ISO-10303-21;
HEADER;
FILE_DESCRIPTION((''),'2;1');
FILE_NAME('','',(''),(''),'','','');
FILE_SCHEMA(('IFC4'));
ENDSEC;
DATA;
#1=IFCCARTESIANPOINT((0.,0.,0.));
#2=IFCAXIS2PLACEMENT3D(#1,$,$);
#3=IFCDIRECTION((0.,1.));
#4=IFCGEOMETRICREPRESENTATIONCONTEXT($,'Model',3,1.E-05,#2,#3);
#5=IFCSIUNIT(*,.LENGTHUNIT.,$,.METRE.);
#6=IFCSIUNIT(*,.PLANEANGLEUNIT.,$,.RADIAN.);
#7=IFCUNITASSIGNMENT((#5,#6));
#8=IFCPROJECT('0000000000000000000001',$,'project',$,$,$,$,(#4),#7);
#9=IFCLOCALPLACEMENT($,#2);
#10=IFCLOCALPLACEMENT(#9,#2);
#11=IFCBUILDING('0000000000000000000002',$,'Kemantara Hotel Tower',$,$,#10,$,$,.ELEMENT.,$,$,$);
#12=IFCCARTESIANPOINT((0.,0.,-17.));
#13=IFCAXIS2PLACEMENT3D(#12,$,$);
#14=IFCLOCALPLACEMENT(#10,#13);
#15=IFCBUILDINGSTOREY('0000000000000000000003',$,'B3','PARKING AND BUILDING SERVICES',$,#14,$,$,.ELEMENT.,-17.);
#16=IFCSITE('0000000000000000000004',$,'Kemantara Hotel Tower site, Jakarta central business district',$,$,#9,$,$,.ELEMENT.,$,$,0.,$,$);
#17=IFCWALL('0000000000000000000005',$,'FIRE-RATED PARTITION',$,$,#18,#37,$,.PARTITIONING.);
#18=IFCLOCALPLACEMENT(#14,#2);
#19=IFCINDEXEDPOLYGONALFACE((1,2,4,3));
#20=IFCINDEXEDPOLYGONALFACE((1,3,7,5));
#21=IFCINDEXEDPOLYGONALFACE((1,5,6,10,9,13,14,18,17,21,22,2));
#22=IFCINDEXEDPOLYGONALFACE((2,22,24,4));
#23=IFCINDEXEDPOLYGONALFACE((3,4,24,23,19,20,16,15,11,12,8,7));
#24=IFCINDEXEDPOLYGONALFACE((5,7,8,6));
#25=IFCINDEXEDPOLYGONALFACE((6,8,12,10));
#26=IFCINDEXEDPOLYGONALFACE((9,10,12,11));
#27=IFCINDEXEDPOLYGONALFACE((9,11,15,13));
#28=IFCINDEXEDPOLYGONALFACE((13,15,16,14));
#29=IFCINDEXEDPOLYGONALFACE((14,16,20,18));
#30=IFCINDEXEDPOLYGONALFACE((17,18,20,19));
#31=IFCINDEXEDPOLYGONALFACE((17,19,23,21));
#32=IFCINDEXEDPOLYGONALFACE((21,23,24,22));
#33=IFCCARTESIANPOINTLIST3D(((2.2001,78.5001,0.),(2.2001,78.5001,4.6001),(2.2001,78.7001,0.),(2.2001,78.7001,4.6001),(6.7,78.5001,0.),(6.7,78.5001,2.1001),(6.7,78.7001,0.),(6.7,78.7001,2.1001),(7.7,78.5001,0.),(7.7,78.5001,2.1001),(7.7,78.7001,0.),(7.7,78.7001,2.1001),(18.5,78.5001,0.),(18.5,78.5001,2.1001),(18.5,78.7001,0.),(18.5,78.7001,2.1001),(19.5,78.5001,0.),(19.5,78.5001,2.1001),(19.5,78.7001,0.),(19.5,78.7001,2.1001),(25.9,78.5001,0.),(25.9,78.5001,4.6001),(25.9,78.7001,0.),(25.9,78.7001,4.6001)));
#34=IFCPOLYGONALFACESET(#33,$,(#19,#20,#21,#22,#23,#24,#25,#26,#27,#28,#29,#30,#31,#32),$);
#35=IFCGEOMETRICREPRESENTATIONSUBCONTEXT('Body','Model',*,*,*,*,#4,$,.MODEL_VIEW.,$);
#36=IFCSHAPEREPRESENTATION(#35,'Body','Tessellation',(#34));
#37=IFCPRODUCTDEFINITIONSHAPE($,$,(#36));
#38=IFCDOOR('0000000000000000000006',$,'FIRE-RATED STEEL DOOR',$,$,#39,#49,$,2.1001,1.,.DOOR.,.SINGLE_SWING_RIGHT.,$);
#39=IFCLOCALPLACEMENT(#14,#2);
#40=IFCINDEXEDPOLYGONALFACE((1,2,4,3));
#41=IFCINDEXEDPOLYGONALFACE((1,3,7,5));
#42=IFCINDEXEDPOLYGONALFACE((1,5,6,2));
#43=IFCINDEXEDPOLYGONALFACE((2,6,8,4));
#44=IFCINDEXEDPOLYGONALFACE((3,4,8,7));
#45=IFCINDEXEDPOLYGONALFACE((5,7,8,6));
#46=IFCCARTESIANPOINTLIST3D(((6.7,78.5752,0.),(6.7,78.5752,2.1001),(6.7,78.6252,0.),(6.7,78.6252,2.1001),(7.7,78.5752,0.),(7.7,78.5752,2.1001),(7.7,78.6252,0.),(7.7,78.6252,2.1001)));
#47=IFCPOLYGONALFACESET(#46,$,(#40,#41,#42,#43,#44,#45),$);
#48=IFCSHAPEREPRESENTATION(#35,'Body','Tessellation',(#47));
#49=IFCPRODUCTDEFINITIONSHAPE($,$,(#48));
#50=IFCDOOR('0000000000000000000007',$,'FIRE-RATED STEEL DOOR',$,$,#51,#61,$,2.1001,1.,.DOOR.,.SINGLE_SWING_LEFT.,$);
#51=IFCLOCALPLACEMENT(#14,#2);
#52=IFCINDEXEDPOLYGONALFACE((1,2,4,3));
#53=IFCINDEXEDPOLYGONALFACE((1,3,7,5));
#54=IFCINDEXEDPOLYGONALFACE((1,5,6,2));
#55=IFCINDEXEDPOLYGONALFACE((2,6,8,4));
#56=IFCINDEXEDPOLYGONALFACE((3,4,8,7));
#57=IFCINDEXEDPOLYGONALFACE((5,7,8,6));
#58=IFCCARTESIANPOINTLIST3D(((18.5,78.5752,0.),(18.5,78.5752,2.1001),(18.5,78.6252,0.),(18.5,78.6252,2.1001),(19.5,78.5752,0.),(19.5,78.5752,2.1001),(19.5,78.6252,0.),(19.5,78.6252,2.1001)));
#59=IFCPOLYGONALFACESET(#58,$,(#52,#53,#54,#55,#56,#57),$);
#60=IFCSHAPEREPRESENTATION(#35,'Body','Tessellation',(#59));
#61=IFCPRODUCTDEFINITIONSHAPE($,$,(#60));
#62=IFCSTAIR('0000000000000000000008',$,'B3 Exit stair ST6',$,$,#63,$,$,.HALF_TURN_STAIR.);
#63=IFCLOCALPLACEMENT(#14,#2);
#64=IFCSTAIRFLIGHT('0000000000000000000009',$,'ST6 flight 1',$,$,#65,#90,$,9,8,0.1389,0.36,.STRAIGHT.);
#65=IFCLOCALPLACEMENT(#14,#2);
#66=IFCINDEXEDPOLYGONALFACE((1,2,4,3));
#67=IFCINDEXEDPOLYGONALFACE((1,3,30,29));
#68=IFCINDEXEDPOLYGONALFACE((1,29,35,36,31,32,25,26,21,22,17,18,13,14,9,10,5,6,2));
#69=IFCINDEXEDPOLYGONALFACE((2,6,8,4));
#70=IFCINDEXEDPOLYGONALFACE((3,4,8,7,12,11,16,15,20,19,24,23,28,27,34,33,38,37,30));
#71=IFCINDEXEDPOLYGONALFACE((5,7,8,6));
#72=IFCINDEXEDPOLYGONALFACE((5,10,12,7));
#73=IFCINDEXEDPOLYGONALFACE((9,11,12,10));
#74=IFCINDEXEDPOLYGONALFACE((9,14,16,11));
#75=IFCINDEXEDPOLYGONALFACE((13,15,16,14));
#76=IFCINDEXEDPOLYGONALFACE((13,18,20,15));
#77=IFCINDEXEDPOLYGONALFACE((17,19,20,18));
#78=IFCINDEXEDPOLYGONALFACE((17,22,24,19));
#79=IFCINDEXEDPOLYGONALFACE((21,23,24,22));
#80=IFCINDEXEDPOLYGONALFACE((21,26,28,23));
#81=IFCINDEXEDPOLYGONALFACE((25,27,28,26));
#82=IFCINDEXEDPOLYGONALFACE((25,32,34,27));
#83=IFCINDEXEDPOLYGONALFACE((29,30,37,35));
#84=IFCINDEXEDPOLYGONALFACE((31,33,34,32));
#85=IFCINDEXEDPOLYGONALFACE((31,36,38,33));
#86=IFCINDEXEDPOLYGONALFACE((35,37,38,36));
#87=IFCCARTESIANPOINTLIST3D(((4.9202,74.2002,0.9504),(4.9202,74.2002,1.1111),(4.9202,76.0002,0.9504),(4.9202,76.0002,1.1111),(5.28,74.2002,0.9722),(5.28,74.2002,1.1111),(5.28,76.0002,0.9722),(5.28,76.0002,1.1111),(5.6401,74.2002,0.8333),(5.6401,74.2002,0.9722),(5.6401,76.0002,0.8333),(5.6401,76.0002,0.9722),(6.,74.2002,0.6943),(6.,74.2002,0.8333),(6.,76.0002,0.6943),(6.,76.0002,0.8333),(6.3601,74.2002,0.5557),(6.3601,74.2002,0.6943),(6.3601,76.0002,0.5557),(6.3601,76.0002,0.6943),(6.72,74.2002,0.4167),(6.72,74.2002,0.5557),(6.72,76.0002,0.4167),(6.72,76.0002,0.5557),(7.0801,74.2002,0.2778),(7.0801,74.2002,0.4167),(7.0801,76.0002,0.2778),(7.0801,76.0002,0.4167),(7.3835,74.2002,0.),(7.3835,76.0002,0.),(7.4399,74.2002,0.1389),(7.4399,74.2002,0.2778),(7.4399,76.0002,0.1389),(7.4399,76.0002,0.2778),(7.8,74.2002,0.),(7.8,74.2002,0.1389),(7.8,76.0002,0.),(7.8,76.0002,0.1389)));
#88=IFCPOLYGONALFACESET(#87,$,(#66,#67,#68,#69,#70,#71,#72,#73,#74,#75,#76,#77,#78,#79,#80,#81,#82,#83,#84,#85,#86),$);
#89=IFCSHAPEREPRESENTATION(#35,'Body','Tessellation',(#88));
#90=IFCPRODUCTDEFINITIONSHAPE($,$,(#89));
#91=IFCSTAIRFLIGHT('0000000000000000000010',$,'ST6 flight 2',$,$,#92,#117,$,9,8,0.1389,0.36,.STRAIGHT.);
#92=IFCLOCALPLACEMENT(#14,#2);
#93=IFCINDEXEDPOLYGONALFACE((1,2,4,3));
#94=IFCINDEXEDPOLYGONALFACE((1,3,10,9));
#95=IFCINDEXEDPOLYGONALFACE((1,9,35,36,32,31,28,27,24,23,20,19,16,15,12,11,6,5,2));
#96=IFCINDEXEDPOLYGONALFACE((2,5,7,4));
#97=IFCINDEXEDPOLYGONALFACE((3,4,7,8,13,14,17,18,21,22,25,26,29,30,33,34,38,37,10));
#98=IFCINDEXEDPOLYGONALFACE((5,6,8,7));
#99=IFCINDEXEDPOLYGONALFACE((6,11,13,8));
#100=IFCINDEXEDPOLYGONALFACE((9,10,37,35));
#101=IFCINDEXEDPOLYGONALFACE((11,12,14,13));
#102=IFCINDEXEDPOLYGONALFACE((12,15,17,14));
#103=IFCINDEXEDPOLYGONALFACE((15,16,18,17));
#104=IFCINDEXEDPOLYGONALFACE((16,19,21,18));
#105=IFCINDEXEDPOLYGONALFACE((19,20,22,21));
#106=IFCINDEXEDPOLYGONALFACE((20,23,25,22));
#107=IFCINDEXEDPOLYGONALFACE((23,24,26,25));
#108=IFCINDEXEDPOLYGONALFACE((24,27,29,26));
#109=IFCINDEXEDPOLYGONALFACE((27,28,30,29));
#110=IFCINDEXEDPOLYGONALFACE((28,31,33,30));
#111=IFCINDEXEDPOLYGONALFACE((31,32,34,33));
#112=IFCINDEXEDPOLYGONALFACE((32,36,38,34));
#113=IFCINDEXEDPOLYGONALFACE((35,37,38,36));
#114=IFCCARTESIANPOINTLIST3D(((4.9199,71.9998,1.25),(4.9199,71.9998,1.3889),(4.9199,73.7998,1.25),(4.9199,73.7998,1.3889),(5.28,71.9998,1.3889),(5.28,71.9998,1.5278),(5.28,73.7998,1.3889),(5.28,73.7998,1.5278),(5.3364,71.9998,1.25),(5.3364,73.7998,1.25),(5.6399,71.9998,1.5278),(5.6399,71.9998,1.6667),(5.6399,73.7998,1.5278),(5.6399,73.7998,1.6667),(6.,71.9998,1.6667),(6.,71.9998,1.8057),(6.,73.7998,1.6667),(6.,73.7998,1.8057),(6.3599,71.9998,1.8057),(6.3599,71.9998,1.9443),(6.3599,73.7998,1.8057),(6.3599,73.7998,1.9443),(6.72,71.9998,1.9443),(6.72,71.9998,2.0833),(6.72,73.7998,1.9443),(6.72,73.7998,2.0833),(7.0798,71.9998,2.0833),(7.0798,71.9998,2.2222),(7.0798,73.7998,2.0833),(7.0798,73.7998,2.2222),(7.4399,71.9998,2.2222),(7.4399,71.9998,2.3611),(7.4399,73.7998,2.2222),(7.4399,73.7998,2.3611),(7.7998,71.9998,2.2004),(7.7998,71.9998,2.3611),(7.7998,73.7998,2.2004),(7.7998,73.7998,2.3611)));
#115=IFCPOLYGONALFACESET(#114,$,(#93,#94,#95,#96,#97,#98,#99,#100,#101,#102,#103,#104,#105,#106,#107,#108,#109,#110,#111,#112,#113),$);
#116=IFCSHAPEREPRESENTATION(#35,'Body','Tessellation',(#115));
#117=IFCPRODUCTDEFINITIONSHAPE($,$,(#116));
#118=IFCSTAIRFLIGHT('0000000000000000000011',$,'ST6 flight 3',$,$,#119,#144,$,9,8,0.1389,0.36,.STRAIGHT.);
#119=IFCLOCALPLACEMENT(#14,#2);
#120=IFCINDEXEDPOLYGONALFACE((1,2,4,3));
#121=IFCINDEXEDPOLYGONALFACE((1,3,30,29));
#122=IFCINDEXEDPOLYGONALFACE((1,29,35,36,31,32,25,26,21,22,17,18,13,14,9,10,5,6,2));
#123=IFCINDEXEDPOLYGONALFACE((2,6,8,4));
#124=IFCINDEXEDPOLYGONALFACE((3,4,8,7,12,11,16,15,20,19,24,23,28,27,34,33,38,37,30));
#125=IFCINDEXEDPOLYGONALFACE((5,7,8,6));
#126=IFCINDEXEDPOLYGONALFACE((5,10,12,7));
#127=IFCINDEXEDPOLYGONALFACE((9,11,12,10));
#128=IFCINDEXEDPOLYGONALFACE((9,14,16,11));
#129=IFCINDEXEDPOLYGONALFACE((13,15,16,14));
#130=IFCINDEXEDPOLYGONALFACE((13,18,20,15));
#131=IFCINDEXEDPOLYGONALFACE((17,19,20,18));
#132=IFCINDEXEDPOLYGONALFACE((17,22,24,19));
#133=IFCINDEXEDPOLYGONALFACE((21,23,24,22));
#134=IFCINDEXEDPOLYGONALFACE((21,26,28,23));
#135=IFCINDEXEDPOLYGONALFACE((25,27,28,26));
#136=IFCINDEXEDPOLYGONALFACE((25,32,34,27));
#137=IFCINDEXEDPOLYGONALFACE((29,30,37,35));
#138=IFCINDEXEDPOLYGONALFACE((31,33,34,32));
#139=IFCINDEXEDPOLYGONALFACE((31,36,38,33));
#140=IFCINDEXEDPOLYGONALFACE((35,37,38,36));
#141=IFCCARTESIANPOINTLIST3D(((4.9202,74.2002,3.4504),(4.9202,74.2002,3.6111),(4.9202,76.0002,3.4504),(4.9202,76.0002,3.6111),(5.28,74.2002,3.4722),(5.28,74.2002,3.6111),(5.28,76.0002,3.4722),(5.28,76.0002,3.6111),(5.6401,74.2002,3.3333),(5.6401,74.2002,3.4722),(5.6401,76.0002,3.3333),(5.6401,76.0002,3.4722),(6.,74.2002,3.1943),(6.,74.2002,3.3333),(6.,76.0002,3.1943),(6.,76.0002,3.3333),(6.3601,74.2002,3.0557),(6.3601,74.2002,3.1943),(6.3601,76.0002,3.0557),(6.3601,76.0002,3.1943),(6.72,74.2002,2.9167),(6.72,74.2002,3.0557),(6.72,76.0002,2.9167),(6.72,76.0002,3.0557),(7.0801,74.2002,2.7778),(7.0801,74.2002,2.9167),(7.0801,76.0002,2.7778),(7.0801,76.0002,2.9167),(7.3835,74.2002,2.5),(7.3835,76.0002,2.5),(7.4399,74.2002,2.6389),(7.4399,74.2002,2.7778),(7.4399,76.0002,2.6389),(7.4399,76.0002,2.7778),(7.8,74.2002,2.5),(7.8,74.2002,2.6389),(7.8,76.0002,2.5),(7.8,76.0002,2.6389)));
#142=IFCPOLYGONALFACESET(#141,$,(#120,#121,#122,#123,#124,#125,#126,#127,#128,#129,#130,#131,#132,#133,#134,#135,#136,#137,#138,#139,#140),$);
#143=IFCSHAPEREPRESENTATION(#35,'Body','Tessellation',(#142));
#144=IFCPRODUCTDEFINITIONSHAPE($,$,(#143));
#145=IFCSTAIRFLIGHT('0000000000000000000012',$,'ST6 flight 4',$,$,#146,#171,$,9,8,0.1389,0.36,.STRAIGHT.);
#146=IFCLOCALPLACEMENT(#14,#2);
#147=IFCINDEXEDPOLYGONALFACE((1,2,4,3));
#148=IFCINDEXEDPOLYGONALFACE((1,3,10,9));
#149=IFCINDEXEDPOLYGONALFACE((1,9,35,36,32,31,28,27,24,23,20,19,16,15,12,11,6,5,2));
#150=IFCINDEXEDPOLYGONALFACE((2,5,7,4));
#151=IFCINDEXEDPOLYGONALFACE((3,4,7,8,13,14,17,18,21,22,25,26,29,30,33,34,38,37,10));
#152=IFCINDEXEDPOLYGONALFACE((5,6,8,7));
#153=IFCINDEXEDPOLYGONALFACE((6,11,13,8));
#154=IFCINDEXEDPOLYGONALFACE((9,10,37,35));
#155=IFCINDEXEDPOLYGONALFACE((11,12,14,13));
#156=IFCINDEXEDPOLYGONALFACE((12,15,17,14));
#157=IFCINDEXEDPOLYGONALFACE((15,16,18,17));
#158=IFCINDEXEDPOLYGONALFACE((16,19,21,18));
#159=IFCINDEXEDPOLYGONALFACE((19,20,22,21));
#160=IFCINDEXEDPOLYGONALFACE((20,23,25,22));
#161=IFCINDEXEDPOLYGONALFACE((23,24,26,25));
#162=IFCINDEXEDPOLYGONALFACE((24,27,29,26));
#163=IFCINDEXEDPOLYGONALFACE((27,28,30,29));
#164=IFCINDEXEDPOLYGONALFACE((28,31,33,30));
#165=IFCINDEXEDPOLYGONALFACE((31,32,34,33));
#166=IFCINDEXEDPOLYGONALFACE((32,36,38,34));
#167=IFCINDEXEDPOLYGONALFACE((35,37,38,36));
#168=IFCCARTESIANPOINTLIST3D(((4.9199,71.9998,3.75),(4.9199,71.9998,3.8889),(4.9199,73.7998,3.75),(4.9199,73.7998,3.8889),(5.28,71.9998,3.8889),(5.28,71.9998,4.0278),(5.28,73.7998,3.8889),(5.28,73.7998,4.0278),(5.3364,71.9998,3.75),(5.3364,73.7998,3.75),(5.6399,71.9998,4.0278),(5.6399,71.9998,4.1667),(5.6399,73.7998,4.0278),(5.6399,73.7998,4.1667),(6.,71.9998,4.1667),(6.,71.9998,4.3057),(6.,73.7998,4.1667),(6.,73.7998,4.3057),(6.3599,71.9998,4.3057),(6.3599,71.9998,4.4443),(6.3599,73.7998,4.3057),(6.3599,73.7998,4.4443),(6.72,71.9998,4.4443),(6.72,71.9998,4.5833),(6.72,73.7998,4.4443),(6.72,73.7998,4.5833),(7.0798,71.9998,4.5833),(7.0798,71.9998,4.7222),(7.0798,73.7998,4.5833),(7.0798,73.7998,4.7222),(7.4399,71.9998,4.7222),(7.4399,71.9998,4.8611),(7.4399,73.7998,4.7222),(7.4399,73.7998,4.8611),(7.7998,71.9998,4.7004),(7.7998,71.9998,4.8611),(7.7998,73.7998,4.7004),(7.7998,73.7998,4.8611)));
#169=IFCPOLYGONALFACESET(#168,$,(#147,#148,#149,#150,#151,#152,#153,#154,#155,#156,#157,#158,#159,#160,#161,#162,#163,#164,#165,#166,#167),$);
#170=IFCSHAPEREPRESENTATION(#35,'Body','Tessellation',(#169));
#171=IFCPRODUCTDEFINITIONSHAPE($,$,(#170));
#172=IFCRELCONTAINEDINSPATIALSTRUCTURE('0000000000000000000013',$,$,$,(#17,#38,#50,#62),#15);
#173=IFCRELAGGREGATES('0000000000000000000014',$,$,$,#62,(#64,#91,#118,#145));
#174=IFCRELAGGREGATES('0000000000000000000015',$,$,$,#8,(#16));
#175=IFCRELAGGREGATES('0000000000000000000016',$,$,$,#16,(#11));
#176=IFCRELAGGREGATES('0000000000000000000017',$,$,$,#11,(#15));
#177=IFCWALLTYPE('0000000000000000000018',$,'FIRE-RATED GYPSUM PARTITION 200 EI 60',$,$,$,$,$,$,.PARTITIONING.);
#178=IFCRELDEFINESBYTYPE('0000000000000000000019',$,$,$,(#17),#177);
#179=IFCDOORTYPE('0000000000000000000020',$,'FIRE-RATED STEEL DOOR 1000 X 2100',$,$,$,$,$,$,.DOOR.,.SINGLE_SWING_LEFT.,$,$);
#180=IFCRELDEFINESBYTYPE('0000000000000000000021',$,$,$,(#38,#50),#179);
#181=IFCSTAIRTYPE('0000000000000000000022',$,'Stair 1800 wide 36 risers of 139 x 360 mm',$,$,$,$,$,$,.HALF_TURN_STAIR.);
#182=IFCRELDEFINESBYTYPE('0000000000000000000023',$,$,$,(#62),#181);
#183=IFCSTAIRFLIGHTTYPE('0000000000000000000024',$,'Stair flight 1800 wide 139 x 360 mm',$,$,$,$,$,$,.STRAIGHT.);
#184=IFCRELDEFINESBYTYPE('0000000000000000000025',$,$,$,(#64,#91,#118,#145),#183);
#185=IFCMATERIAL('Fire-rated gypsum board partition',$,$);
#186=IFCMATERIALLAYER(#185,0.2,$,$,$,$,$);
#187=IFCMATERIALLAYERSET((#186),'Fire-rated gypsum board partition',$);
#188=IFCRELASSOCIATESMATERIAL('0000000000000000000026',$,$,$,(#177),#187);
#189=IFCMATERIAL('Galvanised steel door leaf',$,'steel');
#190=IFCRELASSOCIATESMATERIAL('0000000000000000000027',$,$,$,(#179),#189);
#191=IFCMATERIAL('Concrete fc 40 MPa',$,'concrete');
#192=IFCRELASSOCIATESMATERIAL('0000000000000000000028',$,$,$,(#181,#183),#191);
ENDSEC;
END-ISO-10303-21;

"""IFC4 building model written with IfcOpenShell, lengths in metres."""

from ifc_helpers import new_model, si_unit, direction, frame, frame_2d, origin, place, context, subcontext, project, spatial, polyline, rectangle, outline, extrude, material, layer, layer_set, type_object, element, fill, aggregate, save


model = new_model("IFC4")

# Units and contexts
model_context = context("Model", 3, precision=1e-05, world=origin(), true_north=direction((0.0, 1.0)))
body_context = subcontext(model_context, "Body", "Model", "MODEL_VIEW")
ifc_project = project(units=[si_unit("LENGTHUNIT", "METRE"), si_unit("PLANEANGLEUNIT", "RADIAN")], contexts=[model_context])

# Site, building, storey
site_placement = place(None, origin())
site = spatial("IfcSite", under=ifc_project, at=site_placement, Name="Kemantara Hotel Tower site, Jakarta central business district", CompositionType="ELEMENT", RefElevation=0.0)
building_placement = place(site_placement, origin())
building = spatial("IfcBuilding", under=site, at=building_placement, Name="Kemantara Hotel Tower", CompositionType="ELEMENT")
storey_placement = place(building_placement, frame((0.0, 0.0, -17.0)))
storey = spatial("IfcBuildingStorey", under=building, at=storey_placement, Name="B3", Description="PARKING AND BUILDING SERVICES", CompositionType="ELEMENT", Elevation=-17.0)

# Shared definitions
ifc_material_1 = material(Name="Concrete fc 40 MPa", Category="concrete")

# Wall, openings, doors
ifc_material_2 = material(Name="Fire-rated gypsum board partition")
ifc_layer_1 = layer(ifc_material_2, 0.2)
ifc_layer_set_1 = layer_set([ifc_layer_1], Name="Fire-rated gypsum board partition")
wall_type_1 = type_object("IfcWallType", Name="FIRE-RATED GYPSUM PARTITION 200 EI 60", PredefinedType="PARTITIONING", material=ifc_layer_set_1)
wall_1_placement = place(storey_placement, frame((2.2, 78.6001, 0.0), z_axis=(0.0, 0.0, 1.0), x_axis=(1.0, 0.0, 0.0)))
wall_1 = element("IfcWall", 1, at=wall_1_placement, inside=storey, type_object=wall_type_1, Name="FIRE-RATED PARTITION", PredefinedType="PARTITIONING", context=body_context, shape_type="SweptSolid", body=[
    extrude(rectangle(XDim=23.7, YDim=0.2, at=frame_2d((11.8501, 0.0))), origin(), (0.0, 0.0, 1.0), 4.6001),
])
opening_1_placement = place(wall_1_placement, frame((4.5, 0.0, 0.0)))
opening_1 = element("IfcOpeningElement", 2, at=opening_1_placement, cuts=wall_1, PredefinedType="OPENING", context=body_context, shape_type="SweptSolid", body=[
    extrude(rectangle(XDim=1.0, YDim=2.1001, at=frame_2d((0.5, 1.05))), frame((0.0, 0.1099, 0.0), z_axis=(0.0, -1.0, 0.0), x_axis=(1.0, 0.0, 0.0)), (0.0, 0.0, 1.0), 0.22),
])
opening_2_placement = place(wall_1_placement, frame((16.3, 0.0, 0.0)))
opening_2 = element("IfcOpeningElement", 3, at=opening_2_placement, cuts=wall_1, PredefinedType="OPENING", context=body_context, shape_type="SweptSolid", body=[
    extrude(rectangle(XDim=1.0, YDim=2.1001, at=frame_2d((0.5, 1.05))), frame((0.0, 0.1099, 0.0), z_axis=(0.0, -1.0, 0.0), x_axis=(1.0, 0.0, 0.0)), (0.0, 0.0, 1.0), 0.22),
])
ifc_material_3 = material(Name="Galvanised steel door leaf", Category="steel")
door_type = type_object("IfcDoorType", Name="FIRE-RATED STEEL DOOR 1000 X 2100", OperationType="SINGLE_SWING_LEFT", PredefinedType="DOOR", material=ifc_material_3)
door_1_placement = place(opening_1_placement, frame((1.0, 0.0, 0.0), z_axis=(0.0, 0.0, 1.0), x_axis=(-1.0, 0.0, 0.0)))
door_1 = element("IfcDoor", 4, at=door_1_placement, inside=storey, type_object=door_type, Name="FIRE-RATED STEEL DOOR", OperationType="SINGLE_SWING_RIGHT", OverallHeight=2.1001, OverallWidth=1.0, PredefinedType="DOOR", context=body_context, shape_type="SweptSolid", body=[
    extrude(rectangle(XDim=1.0, YDim=2.1001, at=frame_2d((0.5, 1.05))), frame((0.0, 0.0249, 0.0), z_axis=(0.0, -1.0, 0.0), x_axis=(1.0, 0.0, 0.0)), (0.0, 0.0, 1.0), 0.05),
])
fill(opening_1, door_1)
door_2_placement = place(opening_2_placement, frame((1.0, 0.0, 0.0), z_axis=(0.0, 0.0, 1.0), x_axis=(-1.0, 0.0, 0.0)))
door_2 = element("IfcDoor", 5, at=door_2_placement, inside=storey, type_object=door_type, Name="FIRE-RATED STEEL DOOR", OperationType="SINGLE_SWING_LEFT", OverallHeight=2.1001, OverallWidth=1.0, PredefinedType="DOOR", context=body_context, shape_type="SweptSolid", body=[
    extrude(rectangle(XDim=1.0, YDim=2.1001, at=frame_2d((0.5, 1.05))), frame((0.0, 0.0249, 0.0), z_axis=(0.0, -1.0, 0.0), x_axis=(1.0, 0.0, 0.0)), (0.0, 0.0, 1.0), 0.05),
])
fill(opening_2, door_2)

# Stair, stair flights
stair_type = type_object("IfcStairType", Name="Stair 1800 wide 36 risers of 139 x 360 mm", PredefinedType="HALF_TURN_STAIR", material=ifc_material_1)
stair_placement = place(storey_placement, origin())
stair = element("IfcStair", 6, at=stair_placement, inside=storey, type_object=stair_type, Name="B3 Exit stair ST6", PredefinedType="HALF_TURN_STAIR")
stair_flight_type = type_object("IfcStairFlightType", Name="Stair flight 1800 wide 139 x 360 mm", PredefinedType="STRAIGHT", material=ifc_material_1)
stair_flight_1_placement = place(storey_placement, frame((7.8, 75.1001, 0.0), z_axis=(0.0, 0.0, 1.0), x_axis=(-1.0, 0.0, 0.0)))
stair_flight_1 = element("IfcStairFlight", 7, at=stair_flight_1_placement, type_object=stair_flight_type, Name="ST6 flight 1", NumberOfRisers=9, NumberOfTreads=8, PredefinedType="STRAIGHT", RiserHeight=0.1389, TreadLength=0.36, context=body_context, shape_type="SweptSolid", body=[
    extrude(outline(polyline([(0.0, 0.0), (0.0, 0.1389), (0.3601, 0.1389), (0.3601, 0.2778), (0.72, 0.2778), (0.72, 0.4167), (1.0801, 0.4167), (1.0801, 0.5557), (1.4399, 0.5557), (1.4399, 0.6943), (1.8, 0.6943), (1.8, 0.8333), (2.1599, 0.8333), (2.1599, 0.9722), (2.52, 0.9722), (2.52, 1.1111), (2.8799, 1.1111), (2.8799, 1.25), (2.8799, 0.9504), (0.4165, 0.0), (0.0, 0.0)])), frame((0.0, 0.8999, 0.0), z_axis=(0.0, -1.0, 0.0), x_axis=(1.0, 0.0, 0.0)), (0.0, 0.0, 1.0), 1.8),
])
stair_flight_2_placement = place(storey_placement, frame((4.9199, 72.8999, 1.25), z_axis=(0.0, 0.0, 1.0), x_axis=(1.0, 0.0, 0.0)))
stair_flight_2 = element("IfcStairFlight", 8, at=stair_flight_2_placement, type_object=stair_flight_type, Name="ST6 flight 2", NumberOfRisers=9, NumberOfTreads=8, PredefinedType="STRAIGHT", RiserHeight=0.1389, TreadLength=0.36, context=body_context, shape_type="SweptSolid", body=[
    extrude(outline(polyline([(0.0, 0.0), (0.0, 0.1389), (0.3601, 0.1389), (0.3601, 0.2778), (0.72, 0.2778), (0.72, 0.4167), (1.0801, 0.4167), (1.0801, 0.5557), (1.4399, 0.5557), (1.4399, 0.6943), (1.8, 0.6943), (1.8, 0.8333), (2.1599, 0.8333), (2.1599, 0.9722), (2.52, 0.9722), (2.52, 1.1111), (2.8799, 1.1111), (2.8799, 1.25), (2.8799, 0.9504), (0.4165, 0.0), (0.0, 0.0)])), frame((0.0, 0.8999, 0.0), z_axis=(0.0, -1.0, 0.0), x_axis=(1.0, 0.0, 0.0)), (0.0, 0.0, 1.0), 1.8),
])
stair_flight_3_placement = place(storey_placement, frame((7.8, 75.1001, 2.5), z_axis=(0.0, 0.0, 1.0), x_axis=(-1.0, 0.0, 0.0)))
stair_flight_3 = element("IfcStairFlight", 9, at=stair_flight_3_placement, type_object=stair_flight_type, Name="ST6 flight 3", NumberOfRisers=9, NumberOfTreads=8, PredefinedType="STRAIGHT", RiserHeight=0.1389, TreadLength=0.36, context=body_context, shape_type="SweptSolid", body=[
    extrude(outline(polyline([(0.0, 0.0), (0.0, 0.1389), (0.3601, 0.1389), (0.3601, 0.2778), (0.72, 0.2778), (0.72, 0.4167), (1.0801, 0.4167), (1.0801, 0.5557), (1.4399, 0.5557), (1.4399, 0.6943), (1.8, 0.6943), (1.8, 0.8333), (2.1599, 0.8333), (2.1599, 0.9722), (2.52, 0.9722), (2.52, 1.1111), (2.8799, 1.1111), (2.8799, 1.25), (2.8799, 0.9504), (0.4165, 0.0), (0.0, 0.0)])), frame((0.0, 0.8999, 0.0), z_axis=(0.0, -1.0, 0.0), x_axis=(1.0, 0.0, 0.0)), (0.0, 0.0, 1.0), 1.8),
])
stair_flight_4_placement = place(storey_placement, frame((4.9199, 72.8999, 3.75), z_axis=(0.0, 0.0, 1.0), x_axis=(1.0, 0.0, 0.0)))
stair_flight_4 = element("IfcStairFlight", 10, at=stair_flight_4_placement, type_object=stair_flight_type, Name="ST6 flight 4", NumberOfRisers=9, NumberOfTreads=8, PredefinedType="STRAIGHT", RiserHeight=0.1389, TreadLength=0.36, context=body_context, shape_type="SweptSolid", body=[
    extrude(outline(polyline([(0.0, 0.0), (0.0, 0.1389), (0.3601, 0.1389), (0.3601, 0.2778), (0.72, 0.2778), (0.72, 0.4167), (1.0801, 0.4167), (1.0801, 0.5557), (1.4399, 0.5557), (1.4399, 0.6943), (1.8, 0.6943), (1.8, 0.8333), (2.1599, 0.8333), (2.1599, 0.9722), (2.52, 0.9722), (2.52, 1.1111), (2.8799, 1.1111), (2.8799, 1.25), (2.8799, 0.9504), (0.4165, 0.0), (0.0, 0.0)])), frame((0.0, 0.8999, 0.0), z_axis=(0.0, -1.0, 0.0), x_axis=(1.0, 0.0, 0.0)), (0.0, 0.0, 1.0), 1.8),
])
aggregate(stair, [stair_flight_1, stair_flight_2, stair_flight_3, stair_flight_4])

save(model, "model.ifc")
